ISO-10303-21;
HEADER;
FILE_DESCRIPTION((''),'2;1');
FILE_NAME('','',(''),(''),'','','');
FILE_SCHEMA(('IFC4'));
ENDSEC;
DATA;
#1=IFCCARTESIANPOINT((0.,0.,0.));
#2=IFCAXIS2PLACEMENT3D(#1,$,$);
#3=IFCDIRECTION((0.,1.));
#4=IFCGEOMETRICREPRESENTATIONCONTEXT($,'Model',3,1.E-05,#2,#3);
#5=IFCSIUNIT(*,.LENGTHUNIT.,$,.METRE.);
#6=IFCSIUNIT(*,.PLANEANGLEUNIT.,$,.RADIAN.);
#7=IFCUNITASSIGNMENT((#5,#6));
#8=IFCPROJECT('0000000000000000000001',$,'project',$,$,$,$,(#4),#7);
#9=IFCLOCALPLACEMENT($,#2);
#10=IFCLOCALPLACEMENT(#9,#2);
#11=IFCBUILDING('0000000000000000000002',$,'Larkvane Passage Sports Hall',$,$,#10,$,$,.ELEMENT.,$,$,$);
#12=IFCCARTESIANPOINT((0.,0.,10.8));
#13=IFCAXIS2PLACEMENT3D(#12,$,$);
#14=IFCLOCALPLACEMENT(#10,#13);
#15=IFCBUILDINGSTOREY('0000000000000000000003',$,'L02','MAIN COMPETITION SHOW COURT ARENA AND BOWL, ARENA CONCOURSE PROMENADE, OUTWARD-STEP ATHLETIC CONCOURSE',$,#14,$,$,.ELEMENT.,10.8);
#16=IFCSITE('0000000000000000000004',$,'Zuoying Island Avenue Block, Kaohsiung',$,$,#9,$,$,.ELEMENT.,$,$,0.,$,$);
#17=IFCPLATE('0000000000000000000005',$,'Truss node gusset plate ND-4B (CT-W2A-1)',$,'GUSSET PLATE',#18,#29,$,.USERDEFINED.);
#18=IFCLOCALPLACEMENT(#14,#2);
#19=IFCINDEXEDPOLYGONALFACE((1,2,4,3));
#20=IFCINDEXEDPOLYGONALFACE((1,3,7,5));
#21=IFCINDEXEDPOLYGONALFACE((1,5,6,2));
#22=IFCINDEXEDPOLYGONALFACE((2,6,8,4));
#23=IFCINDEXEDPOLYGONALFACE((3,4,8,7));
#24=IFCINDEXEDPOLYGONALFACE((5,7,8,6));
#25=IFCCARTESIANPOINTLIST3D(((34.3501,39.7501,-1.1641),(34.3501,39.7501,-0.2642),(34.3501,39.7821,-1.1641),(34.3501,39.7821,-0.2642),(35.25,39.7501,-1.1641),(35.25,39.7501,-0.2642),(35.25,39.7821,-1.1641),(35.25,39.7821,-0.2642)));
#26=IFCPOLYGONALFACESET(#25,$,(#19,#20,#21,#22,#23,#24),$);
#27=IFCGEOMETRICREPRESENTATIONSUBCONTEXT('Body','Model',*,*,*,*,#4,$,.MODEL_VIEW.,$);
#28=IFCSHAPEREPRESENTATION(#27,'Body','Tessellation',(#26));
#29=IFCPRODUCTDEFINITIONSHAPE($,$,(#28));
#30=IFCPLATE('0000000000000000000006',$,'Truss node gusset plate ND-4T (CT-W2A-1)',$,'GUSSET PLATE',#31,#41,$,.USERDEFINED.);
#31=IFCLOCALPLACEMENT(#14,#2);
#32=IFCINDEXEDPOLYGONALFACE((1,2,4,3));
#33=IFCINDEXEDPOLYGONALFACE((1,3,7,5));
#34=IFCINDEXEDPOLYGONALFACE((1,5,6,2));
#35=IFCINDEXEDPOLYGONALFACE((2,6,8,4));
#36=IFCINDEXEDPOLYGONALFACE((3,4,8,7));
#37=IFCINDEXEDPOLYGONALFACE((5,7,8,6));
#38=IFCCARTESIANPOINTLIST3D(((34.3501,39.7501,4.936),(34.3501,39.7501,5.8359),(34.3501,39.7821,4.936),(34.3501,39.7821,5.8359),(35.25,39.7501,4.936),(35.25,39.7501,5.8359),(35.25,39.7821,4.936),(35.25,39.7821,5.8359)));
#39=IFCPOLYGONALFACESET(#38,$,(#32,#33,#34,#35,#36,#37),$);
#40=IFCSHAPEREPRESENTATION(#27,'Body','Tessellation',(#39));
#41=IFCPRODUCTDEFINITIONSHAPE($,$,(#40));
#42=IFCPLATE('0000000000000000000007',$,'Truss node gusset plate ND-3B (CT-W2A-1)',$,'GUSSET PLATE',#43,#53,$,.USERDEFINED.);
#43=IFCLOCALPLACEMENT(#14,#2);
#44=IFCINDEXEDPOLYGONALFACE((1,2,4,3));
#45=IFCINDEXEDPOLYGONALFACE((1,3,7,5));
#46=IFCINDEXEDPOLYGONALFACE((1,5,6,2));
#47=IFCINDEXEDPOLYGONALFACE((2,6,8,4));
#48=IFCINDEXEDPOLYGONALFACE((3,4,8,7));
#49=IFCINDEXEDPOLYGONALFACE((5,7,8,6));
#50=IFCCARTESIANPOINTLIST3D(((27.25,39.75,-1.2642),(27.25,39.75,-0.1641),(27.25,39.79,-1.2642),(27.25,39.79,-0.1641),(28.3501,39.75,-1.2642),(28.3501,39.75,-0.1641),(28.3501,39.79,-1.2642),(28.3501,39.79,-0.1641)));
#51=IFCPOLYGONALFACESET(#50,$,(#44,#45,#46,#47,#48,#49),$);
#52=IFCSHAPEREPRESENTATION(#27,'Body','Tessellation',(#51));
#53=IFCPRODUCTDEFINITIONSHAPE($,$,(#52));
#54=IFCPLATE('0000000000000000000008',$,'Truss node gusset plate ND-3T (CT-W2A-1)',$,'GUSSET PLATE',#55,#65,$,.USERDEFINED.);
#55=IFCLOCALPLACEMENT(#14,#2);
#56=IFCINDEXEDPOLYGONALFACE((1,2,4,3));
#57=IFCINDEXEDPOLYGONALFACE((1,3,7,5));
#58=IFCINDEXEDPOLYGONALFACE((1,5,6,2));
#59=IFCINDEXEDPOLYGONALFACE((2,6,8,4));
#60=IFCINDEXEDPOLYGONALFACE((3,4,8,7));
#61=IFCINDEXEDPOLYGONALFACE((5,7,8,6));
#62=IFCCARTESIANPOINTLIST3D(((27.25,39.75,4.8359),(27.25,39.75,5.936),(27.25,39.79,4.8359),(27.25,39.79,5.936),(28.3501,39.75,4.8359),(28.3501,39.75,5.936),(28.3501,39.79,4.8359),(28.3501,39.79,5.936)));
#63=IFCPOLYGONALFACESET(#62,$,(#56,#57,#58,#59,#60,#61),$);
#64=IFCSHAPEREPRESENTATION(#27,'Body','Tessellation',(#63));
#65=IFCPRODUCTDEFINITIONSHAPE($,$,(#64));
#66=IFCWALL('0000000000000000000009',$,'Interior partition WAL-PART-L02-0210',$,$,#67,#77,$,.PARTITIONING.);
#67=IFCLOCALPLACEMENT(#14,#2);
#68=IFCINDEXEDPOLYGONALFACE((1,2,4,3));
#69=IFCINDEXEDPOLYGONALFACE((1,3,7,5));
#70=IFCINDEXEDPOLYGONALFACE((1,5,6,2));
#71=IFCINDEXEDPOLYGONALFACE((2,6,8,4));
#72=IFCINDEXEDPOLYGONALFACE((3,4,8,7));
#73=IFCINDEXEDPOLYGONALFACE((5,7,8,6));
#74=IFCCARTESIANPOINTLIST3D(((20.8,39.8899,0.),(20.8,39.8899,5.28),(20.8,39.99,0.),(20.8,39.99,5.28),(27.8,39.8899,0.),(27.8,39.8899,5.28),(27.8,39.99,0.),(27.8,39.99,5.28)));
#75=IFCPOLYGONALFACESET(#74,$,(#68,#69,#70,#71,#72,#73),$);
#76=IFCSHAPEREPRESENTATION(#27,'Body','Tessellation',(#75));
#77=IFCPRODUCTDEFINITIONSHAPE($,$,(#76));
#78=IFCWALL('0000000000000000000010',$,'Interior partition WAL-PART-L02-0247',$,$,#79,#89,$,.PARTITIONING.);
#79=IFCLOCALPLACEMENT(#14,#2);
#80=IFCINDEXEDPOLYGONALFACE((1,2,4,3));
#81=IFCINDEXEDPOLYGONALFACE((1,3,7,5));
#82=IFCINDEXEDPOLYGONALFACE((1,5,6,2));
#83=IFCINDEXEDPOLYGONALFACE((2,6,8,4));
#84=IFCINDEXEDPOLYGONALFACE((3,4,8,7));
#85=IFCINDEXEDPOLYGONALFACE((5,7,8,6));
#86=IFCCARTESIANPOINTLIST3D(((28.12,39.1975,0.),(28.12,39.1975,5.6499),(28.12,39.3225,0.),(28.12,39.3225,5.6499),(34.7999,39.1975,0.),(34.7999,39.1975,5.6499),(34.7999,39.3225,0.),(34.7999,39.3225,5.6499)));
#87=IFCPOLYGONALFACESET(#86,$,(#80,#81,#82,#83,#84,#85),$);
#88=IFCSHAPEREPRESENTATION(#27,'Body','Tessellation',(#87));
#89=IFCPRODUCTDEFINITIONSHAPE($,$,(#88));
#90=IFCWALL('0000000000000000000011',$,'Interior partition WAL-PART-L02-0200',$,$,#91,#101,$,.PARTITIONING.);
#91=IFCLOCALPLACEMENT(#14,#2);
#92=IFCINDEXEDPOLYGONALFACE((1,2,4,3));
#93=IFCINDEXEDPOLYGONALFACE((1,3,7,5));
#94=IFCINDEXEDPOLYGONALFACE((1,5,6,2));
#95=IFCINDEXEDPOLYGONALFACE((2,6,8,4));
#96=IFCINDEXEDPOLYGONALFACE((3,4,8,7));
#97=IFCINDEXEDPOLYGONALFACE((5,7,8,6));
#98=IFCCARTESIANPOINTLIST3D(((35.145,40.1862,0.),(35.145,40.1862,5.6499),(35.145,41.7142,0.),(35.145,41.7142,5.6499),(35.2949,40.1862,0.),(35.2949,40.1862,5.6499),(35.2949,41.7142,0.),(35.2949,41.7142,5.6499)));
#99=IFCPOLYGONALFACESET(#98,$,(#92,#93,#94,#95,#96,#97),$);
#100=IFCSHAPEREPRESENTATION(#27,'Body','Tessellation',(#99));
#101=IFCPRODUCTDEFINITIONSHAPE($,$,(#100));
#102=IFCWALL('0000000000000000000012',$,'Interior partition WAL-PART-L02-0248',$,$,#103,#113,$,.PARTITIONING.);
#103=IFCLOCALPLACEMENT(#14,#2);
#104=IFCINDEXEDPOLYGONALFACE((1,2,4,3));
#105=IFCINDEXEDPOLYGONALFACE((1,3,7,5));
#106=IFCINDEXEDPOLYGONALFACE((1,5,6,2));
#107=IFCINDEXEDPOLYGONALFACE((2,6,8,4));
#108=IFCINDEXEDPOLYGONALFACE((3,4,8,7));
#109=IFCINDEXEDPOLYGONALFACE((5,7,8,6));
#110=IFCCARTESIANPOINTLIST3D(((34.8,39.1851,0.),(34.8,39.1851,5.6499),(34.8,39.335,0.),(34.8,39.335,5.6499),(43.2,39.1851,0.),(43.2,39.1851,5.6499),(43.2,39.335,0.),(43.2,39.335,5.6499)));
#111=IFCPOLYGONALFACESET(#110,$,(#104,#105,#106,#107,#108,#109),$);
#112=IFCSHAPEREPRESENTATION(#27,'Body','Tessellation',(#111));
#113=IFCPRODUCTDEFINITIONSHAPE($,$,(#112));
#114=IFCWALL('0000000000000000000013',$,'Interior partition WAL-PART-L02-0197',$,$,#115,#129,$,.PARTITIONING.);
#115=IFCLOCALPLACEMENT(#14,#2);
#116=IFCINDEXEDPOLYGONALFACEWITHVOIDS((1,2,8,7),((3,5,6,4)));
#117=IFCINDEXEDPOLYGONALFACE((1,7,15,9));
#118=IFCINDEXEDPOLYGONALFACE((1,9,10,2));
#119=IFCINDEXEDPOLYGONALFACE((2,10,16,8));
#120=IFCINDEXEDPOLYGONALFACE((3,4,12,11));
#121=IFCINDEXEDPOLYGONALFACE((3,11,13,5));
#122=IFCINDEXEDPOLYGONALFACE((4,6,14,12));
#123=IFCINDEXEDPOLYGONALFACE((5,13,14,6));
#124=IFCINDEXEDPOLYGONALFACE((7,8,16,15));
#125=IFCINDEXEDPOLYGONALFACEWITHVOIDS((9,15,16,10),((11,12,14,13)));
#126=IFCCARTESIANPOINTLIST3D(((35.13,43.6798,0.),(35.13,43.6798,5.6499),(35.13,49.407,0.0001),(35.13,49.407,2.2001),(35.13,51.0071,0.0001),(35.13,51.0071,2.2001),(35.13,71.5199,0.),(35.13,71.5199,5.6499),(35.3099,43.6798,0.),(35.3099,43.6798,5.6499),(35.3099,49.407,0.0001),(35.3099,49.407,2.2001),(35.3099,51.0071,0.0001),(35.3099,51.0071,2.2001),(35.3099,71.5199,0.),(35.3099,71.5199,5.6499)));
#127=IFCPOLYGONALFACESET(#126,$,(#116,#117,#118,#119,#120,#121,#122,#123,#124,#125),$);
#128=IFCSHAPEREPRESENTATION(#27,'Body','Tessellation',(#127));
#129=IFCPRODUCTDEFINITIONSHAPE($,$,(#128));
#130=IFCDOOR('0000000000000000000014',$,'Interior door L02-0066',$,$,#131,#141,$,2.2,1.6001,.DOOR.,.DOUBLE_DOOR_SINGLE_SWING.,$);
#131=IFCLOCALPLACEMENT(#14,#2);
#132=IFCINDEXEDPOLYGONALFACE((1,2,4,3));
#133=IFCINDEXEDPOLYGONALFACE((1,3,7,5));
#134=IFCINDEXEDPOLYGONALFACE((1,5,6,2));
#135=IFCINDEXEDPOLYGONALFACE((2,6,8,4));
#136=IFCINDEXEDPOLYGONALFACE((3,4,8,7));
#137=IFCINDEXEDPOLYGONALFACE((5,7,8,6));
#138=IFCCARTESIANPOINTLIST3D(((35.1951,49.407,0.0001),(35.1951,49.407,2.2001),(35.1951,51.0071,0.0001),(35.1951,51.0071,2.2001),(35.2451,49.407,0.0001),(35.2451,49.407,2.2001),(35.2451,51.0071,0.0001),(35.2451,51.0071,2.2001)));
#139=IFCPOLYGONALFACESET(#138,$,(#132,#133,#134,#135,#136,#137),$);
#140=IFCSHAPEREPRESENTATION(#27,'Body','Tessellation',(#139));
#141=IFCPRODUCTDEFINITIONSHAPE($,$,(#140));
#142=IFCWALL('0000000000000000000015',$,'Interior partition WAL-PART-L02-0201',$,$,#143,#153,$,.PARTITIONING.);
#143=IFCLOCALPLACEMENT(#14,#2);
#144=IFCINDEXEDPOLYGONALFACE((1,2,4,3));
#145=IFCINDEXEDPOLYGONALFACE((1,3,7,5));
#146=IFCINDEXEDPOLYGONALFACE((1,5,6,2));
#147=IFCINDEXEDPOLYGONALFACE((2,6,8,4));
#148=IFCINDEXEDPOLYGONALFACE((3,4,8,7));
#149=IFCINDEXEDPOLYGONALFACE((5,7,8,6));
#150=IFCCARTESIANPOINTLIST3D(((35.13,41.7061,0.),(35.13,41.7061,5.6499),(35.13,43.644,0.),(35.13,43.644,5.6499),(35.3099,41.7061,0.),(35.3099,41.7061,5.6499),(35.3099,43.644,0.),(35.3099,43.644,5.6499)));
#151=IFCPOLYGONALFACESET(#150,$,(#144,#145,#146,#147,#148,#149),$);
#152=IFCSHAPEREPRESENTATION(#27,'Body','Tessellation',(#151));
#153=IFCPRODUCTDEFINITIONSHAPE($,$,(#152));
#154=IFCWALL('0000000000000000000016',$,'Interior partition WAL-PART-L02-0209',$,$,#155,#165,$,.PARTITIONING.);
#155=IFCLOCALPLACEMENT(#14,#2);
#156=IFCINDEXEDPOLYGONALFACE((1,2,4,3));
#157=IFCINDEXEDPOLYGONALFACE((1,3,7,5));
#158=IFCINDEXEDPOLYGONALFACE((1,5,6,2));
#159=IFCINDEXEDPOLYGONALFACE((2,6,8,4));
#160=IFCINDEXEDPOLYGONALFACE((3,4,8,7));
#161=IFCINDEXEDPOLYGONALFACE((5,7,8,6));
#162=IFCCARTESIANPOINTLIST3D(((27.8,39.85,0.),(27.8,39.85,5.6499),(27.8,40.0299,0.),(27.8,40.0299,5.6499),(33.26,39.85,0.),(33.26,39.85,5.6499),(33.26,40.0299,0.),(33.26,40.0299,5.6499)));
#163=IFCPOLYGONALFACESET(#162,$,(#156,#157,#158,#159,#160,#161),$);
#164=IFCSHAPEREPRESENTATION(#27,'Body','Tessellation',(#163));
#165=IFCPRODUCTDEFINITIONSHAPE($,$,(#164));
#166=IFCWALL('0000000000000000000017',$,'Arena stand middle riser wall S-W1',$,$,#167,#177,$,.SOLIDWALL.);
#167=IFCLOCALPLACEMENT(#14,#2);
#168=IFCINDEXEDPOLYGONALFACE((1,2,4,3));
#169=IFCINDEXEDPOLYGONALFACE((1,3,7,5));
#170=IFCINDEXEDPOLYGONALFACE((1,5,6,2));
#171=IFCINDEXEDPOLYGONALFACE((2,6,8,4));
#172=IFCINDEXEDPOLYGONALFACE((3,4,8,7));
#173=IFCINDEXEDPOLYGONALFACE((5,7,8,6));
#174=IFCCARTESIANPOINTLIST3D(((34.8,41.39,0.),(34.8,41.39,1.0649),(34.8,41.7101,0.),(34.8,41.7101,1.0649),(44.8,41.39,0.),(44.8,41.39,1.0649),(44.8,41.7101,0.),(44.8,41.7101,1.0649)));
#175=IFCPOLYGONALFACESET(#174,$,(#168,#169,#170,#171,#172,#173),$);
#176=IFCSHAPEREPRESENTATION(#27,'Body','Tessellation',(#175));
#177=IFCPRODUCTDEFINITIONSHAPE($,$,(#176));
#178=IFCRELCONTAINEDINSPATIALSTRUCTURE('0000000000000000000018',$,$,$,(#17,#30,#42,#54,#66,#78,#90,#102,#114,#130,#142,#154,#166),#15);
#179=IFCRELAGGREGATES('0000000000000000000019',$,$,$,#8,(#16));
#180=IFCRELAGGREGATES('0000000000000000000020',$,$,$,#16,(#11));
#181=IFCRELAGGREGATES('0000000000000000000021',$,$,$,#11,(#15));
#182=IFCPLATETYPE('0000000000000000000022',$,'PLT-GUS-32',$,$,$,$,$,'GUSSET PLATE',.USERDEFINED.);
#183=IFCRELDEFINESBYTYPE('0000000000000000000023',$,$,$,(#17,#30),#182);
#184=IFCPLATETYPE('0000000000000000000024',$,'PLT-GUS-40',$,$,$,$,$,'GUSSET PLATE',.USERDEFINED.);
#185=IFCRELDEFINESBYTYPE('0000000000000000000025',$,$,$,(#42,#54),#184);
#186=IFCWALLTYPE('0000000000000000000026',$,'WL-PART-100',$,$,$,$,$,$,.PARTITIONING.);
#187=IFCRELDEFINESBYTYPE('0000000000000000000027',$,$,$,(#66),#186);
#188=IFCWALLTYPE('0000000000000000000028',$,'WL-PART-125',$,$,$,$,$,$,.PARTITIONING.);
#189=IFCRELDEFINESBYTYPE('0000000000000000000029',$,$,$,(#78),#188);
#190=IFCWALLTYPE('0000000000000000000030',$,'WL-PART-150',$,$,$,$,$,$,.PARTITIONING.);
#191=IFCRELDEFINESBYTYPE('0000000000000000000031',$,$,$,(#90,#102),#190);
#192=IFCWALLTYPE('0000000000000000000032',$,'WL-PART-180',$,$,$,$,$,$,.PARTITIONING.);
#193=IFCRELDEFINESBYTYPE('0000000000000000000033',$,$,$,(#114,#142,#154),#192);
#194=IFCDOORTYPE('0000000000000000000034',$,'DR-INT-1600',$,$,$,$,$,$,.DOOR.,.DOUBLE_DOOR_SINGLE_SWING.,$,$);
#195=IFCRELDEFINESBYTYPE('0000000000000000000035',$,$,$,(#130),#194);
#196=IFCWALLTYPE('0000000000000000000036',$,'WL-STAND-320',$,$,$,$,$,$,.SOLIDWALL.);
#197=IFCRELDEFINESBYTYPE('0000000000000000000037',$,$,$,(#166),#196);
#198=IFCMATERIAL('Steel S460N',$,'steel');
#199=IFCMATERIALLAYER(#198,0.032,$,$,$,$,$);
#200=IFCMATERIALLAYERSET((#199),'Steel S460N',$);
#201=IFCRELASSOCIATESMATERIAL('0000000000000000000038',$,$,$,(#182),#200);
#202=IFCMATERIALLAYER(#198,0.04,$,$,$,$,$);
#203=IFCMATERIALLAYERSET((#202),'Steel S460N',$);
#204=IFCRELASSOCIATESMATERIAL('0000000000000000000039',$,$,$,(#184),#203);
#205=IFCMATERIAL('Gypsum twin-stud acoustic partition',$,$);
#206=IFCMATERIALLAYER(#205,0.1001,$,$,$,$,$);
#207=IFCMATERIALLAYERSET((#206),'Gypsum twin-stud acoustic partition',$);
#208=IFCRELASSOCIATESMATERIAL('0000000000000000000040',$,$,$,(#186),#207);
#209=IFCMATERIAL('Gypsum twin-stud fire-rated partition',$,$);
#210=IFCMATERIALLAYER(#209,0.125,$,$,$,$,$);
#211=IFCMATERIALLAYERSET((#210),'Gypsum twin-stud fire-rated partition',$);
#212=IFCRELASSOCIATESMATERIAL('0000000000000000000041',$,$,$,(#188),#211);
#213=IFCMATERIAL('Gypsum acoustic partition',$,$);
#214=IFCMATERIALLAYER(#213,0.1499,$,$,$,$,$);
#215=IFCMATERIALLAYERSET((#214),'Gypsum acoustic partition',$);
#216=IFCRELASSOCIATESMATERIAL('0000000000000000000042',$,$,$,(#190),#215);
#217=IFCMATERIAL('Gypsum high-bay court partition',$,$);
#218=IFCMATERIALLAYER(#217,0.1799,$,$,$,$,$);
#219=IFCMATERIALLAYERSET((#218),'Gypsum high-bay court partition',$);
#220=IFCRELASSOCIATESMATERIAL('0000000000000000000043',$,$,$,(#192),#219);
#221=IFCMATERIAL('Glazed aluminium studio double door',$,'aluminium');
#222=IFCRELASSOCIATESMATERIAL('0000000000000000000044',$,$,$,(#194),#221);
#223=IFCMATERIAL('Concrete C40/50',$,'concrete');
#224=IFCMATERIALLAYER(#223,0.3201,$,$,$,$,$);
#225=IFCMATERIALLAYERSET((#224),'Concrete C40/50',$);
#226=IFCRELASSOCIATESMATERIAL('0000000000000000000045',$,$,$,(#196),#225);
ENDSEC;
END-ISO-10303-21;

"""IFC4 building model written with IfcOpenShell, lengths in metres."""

from ifc_helpers import new_model, si_unit, direction, frame, frame_2d, origin, origin_2d, place, context, subcontext, project, spatial, rectangle, extrude, material, layer, layer_set, type_object, element, fill, save


model = new_model("IFC4")

# Units and contexts
model_context = context("Model", 3, precision=1e-05, world=origin(), true_north=direction((0.0, 1.0)))
body_context = subcontext(model_context, "Body", "Model", "MODEL_VIEW")
ifc_project = project(units=[si_unit("LENGTHUNIT", "METRE"), si_unit("PLANEANGLEUNIT", "RADIAN")], contexts=[model_context])

# Site, building, storey
site_placement = place(None, origin())
site = spatial("IfcSite", under=ifc_project, at=site_placement, Name="Zuoying Island Avenue Block, Kaohsiung", CompositionType="ELEMENT", RefElevation=0.0)
building_placement = place(site_placement, origin())
building = spatial("IfcBuilding", under=site, at=building_placement, Name="Larkvane Passage Sports Hall", CompositionType="ELEMENT")
storey_placement = place(building_placement, frame((0.0, 0.0, 10.8)))
storey = spatial("IfcBuildingStorey", under=building, at=storey_placement, Name="L02", Description="MAIN COMPETITION SHOW COURT ARENA AND BOWL, ARENA CONCOURSE PROMENADE, OUTWARD-STEP ATHLETIC CONCOURSE", CompositionType="ELEMENT", Elevation=10.8)

# Shared definitions
ifc_material_1 = material(Name="Steel S460N", Category="steel")

# Plates
ifc_layer_1 = layer(ifc_material_1, 0.032)
ifc_layer_set_1 = layer_set([ifc_layer_1], Name="Steel S460N")
plate_type_1 = type_object("IfcPlateType", Name="PLT-GUS-32", ElementType="GUSSET PLATE", PredefinedType="USERDEFINED", material=ifc_layer_set_1)
for number, where, z_axis, x_axis, name in (
    (1, (34.8, 39.7661, -1.1641), (0.0, 0.0, 1.0), (1.0, 0.0, 0.0), "Truss node gusset plate ND-4B (CT-W2A-1)"),
    (2, (34.8, 39.7661, 4.936), (0.0, 0.0, 1.0), (1.0, 0.0, 0.0), "Truss node gusset plate ND-4T (CT-W2A-1)"),
):
    element("IfcPlate", number, at=place(storey_placement, frame(where, z_axis=z_axis, x_axis=x_axis)), inside=storey, type_object=plate_type_1, Name=name, ObjectType="GUSSET PLATE", PredefinedType="USERDEFINED", context=body_context, shape_type="SweptSolid", body=[
        extrude(rectangle(XDim=0.8999, YDim=0.032, at=origin_2d()), origin(), (0.0, 0.0, 1.0), 0.8999),
    ])
ifc_layer_2 = layer(ifc_material_1, 0.04)
ifc_layer_set_2 = layer_set([ifc_layer_2], Name="Steel S460N")
plate_type_2 = type_object("IfcPlateType", Name="PLT-GUS-40", ElementType="GUSSET PLATE", PredefinedType="USERDEFINED", material=ifc_layer_set_2)
for number, where, z_axis, x_axis, name in (
    (3, (27.8, 39.77, -1.2642), (0.0, 0.0, 1.0), (1.0, 0.0, 0.0), "Truss node gusset plate ND-3B (CT-W2A-1)"),
    (4, (27.8, 39.77, 4.8359), (0.0, 0.0, 1.0), (1.0, 0.0, 0.0), "Truss node gusset plate ND-3T (CT-W2A-1)"),
):
    element("IfcPlate", number, at=place(storey_placement, frame(where, z_axis=z_axis, x_axis=x_axis)), inside=storey, type_object=plate_type_2, Name=name, ObjectType="GUSSET PLATE", PredefinedType="USERDEFINED", context=body_context, shape_type="SweptSolid", body=[
        extrude(rectangle(XDim=1.1001, YDim=0.04, at=origin_2d()), origin(), (0.0, 0.0, 1.0), 1.1001),
    ])

# Walls
ifc_material_2 = material(Name="Gypsum twin-stud acoustic partition")
ifc_layer_3 = layer(ifc_material_2, 0.1001)
ifc_layer_set_3 = layer_set([ifc_layer_3], Name="Gypsum twin-stud acoustic partition")
wall_type_1 = type_object("IfcWallType", Name="WL-PART-100", PredefinedType="PARTITIONING", material=ifc_layer_set_3)
wall_1_placement = place(storey_placement, frame((27.8, 39.9399, 0.0), z_axis=(0.0, 0.0, 1.0), x_axis=(-1.0, 0.0, 0.0)))
element("IfcWall", 5, at=wall_1_placement, inside=storey, type_object=wall_type_1, Name="Interior partition WAL-PART-L02-0210", PredefinedType="PARTITIONING", context=body_context, shape_type="SweptSolid", body=[
    extrude(rectangle(XDim=7.0, YDim=0.1001, at=frame_2d((3.5, 0.0))), origin(), (0.0, 0.0, 1.0), 5.28),
])
ifc_material_3 = material(Name="Gypsum twin-stud fire-rated partition")
ifc_layer_4 = layer(ifc_material_3, 0.125)
ifc_layer_set_4 = layer_set([ifc_layer_4], Name="Gypsum twin-stud fire-rated partition")
wall_type_2 = type_object("IfcWallType", Name="WL-PART-125", PredefinedType="PARTITIONING", material=ifc_layer_set_4)
wall_2_placement = place(storey_placement, frame((28.1201, 39.26, 0.0), z_axis=(0.0, 0.0, 1.0), x_axis=(1.0, 0.0, 0.0)))
element("IfcWall", 6, at=wall_2_placement, inside=storey, type_object=wall_type_2, Name="Interior partition WAL-PART-L02-0247", PredefinedType="PARTITIONING", context=body_context, shape_type="SweptSolid", body=[
    extrude(rectangle(XDim=6.6799, YDim=0.125, at=frame_2d((3.3398, 0.0))), origin(), (0.0, 0.0, 1.0), 5.6499),
])
ifc_material_4 = material(Name="Gypsum acoustic partition")
ifc_layer_5 = layer(ifc_material_4, 0.1499)
ifc_layer_set_5 = layer_set([ifc_layer_5], Name="Gypsum acoustic partition")
wall_type_3 = type_object("IfcWallType", Name="WL-PART-150", PredefinedType="PARTITIONING", material=ifc_layer_set_5)
wall_3_placement = place(storey_placement, frame((35.22, 40.186, 0.0), z_axis=(0.0, 0.0, 1.0), x_axis=(0.0, 1.0, 0.0)))
element("IfcWall", 7, at=wall_3_placement, inside=storey, type_object=wall_type_3, Name="Interior partition WAL-PART-L02-0200", PredefinedType="PARTITIONING", context=body_context, shape_type="SweptSolid", body=[
    extrude(rectangle(XDim=1.5281, YDim=0.1499, at=frame_2d((0.7642, 0.0))), origin(), (0.0, 0.0, 1.0), 5.6499),
])
wall_4_placement = place(storey_placement, frame((34.8, 39.26, 0.0), z_axis=(0.0, 0.0, 1.0), x_axis=(1.0, 0.0, 0.0)))
element("IfcWall", 8, at=wall_4_placement, inside=storey, type_object=wall_type_3, Name="Interior partition WAL-PART-L02-0248", PredefinedType="PARTITIONING", context=body_context, shape_type="SweptSolid", body=[
    extrude(rectangle(XDim=8.3999, YDim=0.1499, at=frame_2d((4.2, 0.0))), origin(), (0.0, 0.0, 1.0), 5.6499),
])

# Wall, opening, door
ifc_material_5 = material(Name="Gypsum high-bay court partition")
ifc_layer_6 = layer(ifc_material_5, 0.1799)
ifc_layer_set_6 = layer_set([ifc_layer_6], Name="Gypsum high-bay court partition")
wall_type_4 = type_object("IfcWallType", Name="WL-PART-180", PredefinedType="PARTITIONING", material=ifc_layer_set_6)
wall_5_placement = place(storey_placement, frame((35.22, 43.6799, 0.0), z_axis=(0.0, 0.0, 1.0), x_axis=(0.0, 1.0, 0.0)))
wall_5 = element("IfcWall", 9, at=wall_5_placement, inside=storey, type_object=wall_type_4, Name="Interior partition WAL-PART-L02-0197", PredefinedType="PARTITIONING", context=body_context, shape_type="SweptSolid", body=[
    extrude(rectangle(XDim=27.8401, YDim=0.1799, at=frame_2d((13.9199, 0.0))), origin(), (0.0, 0.0, 1.0), 5.6499),
])
opening_placement = place(wall_5_placement, frame((5.7271, 0.0, 0.0)))
opening = element("IfcOpeningElement", 10, at=opening_placement, cuts=wall_5, PredefinedType="OPENING", context=body_context, shape_type="SweptSolid", body=[
    extrude(rectangle(XDim=1.6001, YDim=2.2, at=frame_2d((0.8, 1.1001))), frame((0.0, 0.0999, 0.0), z_axis=(0.0, -1.0, 0.0), x_axis=(1.0, 0.0, 0.0)), (0.0, 0.0, 1.0), 0.2),
])
ifc_material_6 = material(Name="Glazed aluminium studio double door", Category="aluminium")
door_type = type_object("IfcDoorType", Name="DR-INT-1600", OperationType="DOUBLE_DOOR_SINGLE_SWING", PredefinedType="DOOR", material=ifc_material_6)
door_placement = place(opening_placement, origin())
door = element("IfcDoor", 11, at=door_placement, inside=storey, type_object=door_type, Name="Interior door L02-0066", OperationType="DOUBLE_DOOR_SINGLE_SWING", OverallHeight=2.2, OverallWidth=1.6001, PredefinedType="DOOR", context=body_context, shape_type="SweptSolid", body=[
    extrude(rectangle(XDim=1.6001, YDim=2.2, at=frame_2d((0.8, 1.1001))), frame((0.0, 0.0249, 0.0), z_axis=(0.0, -1.0, 0.0), x_axis=(1.0, 0.0, 0.0)), (0.0, 0.0, 1.0), 0.05),
])
fill(opening, door)

# Walls
wall_6_placement = place(storey_placement, frame((35.22, 41.7061, 0.0), z_axis=(0.0, 0.0, 1.0), x_axis=(0.0, 1.0, 0.0)))
element("IfcWall", 12, at=wall_6_placement, inside=storey, type_object=wall_type_4, Name="Interior partition WAL-PART-L02-0201", PredefinedType="PARTITIONING", context=body_context, shape_type="SweptSolid", body=[
    extrude(rectangle(XDim=1.938, YDim=0.1799, at=frame_2d((0.969, 0.0))), origin(), (0.0, 0.0, 1.0), 5.6499),
])
wall_7_placement = place(storey_placement, frame((33.26, 39.9399, 0.0), z_axis=(0.0, 0.0, 1.0), x_axis=(-1.0, 0.0, 0.0)))
element("IfcWall", 13, at=wall_7_placement, inside=storey, type_object=wall_type_4, Name="Interior partition WAL-PART-L02-0209", PredefinedType="PARTITIONING", context=body_context, shape_type="SweptSolid", body=[
    extrude(rectangle(XDim=5.46, YDim=0.1799, at=frame_2d((2.73, 0.0))), origin(), (0.0, 0.0, 1.0), 5.6499),
])
ifc_material_7 = material(Name="Concrete C40/50", Category="concrete")
ifc_layer_7 = layer(ifc_material_7, 0.3201)
ifc_layer_set_7 = layer_set([ifc_layer_7], Name="Concrete C40/50")
wall_type_5 = type_object("IfcWallType", Name="WL-STAND-320", PredefinedType="SOLIDWALL", material=ifc_layer_set_7)
wall_8_placement = place(storey_placement, frame((34.8, 41.55, 0.0), z_axis=(0.0, 0.0, 1.0), x_axis=(1.0, 0.0, 0.0)))
element("IfcWall", 14, at=wall_8_placement, inside=storey, type_object=wall_type_5, Name="Arena stand middle riser wall S-W1", PredefinedType="SOLIDWALL", context=body_context, shape_type="SweptSolid", body=[
    extrude(rectangle(XDim=10.0, YDim=0.3201, at=frame_2d((5.0, 0.0))), origin(), (0.0, 0.0, 1.0), 1.0649),
])

save(model, "model.ifc")
